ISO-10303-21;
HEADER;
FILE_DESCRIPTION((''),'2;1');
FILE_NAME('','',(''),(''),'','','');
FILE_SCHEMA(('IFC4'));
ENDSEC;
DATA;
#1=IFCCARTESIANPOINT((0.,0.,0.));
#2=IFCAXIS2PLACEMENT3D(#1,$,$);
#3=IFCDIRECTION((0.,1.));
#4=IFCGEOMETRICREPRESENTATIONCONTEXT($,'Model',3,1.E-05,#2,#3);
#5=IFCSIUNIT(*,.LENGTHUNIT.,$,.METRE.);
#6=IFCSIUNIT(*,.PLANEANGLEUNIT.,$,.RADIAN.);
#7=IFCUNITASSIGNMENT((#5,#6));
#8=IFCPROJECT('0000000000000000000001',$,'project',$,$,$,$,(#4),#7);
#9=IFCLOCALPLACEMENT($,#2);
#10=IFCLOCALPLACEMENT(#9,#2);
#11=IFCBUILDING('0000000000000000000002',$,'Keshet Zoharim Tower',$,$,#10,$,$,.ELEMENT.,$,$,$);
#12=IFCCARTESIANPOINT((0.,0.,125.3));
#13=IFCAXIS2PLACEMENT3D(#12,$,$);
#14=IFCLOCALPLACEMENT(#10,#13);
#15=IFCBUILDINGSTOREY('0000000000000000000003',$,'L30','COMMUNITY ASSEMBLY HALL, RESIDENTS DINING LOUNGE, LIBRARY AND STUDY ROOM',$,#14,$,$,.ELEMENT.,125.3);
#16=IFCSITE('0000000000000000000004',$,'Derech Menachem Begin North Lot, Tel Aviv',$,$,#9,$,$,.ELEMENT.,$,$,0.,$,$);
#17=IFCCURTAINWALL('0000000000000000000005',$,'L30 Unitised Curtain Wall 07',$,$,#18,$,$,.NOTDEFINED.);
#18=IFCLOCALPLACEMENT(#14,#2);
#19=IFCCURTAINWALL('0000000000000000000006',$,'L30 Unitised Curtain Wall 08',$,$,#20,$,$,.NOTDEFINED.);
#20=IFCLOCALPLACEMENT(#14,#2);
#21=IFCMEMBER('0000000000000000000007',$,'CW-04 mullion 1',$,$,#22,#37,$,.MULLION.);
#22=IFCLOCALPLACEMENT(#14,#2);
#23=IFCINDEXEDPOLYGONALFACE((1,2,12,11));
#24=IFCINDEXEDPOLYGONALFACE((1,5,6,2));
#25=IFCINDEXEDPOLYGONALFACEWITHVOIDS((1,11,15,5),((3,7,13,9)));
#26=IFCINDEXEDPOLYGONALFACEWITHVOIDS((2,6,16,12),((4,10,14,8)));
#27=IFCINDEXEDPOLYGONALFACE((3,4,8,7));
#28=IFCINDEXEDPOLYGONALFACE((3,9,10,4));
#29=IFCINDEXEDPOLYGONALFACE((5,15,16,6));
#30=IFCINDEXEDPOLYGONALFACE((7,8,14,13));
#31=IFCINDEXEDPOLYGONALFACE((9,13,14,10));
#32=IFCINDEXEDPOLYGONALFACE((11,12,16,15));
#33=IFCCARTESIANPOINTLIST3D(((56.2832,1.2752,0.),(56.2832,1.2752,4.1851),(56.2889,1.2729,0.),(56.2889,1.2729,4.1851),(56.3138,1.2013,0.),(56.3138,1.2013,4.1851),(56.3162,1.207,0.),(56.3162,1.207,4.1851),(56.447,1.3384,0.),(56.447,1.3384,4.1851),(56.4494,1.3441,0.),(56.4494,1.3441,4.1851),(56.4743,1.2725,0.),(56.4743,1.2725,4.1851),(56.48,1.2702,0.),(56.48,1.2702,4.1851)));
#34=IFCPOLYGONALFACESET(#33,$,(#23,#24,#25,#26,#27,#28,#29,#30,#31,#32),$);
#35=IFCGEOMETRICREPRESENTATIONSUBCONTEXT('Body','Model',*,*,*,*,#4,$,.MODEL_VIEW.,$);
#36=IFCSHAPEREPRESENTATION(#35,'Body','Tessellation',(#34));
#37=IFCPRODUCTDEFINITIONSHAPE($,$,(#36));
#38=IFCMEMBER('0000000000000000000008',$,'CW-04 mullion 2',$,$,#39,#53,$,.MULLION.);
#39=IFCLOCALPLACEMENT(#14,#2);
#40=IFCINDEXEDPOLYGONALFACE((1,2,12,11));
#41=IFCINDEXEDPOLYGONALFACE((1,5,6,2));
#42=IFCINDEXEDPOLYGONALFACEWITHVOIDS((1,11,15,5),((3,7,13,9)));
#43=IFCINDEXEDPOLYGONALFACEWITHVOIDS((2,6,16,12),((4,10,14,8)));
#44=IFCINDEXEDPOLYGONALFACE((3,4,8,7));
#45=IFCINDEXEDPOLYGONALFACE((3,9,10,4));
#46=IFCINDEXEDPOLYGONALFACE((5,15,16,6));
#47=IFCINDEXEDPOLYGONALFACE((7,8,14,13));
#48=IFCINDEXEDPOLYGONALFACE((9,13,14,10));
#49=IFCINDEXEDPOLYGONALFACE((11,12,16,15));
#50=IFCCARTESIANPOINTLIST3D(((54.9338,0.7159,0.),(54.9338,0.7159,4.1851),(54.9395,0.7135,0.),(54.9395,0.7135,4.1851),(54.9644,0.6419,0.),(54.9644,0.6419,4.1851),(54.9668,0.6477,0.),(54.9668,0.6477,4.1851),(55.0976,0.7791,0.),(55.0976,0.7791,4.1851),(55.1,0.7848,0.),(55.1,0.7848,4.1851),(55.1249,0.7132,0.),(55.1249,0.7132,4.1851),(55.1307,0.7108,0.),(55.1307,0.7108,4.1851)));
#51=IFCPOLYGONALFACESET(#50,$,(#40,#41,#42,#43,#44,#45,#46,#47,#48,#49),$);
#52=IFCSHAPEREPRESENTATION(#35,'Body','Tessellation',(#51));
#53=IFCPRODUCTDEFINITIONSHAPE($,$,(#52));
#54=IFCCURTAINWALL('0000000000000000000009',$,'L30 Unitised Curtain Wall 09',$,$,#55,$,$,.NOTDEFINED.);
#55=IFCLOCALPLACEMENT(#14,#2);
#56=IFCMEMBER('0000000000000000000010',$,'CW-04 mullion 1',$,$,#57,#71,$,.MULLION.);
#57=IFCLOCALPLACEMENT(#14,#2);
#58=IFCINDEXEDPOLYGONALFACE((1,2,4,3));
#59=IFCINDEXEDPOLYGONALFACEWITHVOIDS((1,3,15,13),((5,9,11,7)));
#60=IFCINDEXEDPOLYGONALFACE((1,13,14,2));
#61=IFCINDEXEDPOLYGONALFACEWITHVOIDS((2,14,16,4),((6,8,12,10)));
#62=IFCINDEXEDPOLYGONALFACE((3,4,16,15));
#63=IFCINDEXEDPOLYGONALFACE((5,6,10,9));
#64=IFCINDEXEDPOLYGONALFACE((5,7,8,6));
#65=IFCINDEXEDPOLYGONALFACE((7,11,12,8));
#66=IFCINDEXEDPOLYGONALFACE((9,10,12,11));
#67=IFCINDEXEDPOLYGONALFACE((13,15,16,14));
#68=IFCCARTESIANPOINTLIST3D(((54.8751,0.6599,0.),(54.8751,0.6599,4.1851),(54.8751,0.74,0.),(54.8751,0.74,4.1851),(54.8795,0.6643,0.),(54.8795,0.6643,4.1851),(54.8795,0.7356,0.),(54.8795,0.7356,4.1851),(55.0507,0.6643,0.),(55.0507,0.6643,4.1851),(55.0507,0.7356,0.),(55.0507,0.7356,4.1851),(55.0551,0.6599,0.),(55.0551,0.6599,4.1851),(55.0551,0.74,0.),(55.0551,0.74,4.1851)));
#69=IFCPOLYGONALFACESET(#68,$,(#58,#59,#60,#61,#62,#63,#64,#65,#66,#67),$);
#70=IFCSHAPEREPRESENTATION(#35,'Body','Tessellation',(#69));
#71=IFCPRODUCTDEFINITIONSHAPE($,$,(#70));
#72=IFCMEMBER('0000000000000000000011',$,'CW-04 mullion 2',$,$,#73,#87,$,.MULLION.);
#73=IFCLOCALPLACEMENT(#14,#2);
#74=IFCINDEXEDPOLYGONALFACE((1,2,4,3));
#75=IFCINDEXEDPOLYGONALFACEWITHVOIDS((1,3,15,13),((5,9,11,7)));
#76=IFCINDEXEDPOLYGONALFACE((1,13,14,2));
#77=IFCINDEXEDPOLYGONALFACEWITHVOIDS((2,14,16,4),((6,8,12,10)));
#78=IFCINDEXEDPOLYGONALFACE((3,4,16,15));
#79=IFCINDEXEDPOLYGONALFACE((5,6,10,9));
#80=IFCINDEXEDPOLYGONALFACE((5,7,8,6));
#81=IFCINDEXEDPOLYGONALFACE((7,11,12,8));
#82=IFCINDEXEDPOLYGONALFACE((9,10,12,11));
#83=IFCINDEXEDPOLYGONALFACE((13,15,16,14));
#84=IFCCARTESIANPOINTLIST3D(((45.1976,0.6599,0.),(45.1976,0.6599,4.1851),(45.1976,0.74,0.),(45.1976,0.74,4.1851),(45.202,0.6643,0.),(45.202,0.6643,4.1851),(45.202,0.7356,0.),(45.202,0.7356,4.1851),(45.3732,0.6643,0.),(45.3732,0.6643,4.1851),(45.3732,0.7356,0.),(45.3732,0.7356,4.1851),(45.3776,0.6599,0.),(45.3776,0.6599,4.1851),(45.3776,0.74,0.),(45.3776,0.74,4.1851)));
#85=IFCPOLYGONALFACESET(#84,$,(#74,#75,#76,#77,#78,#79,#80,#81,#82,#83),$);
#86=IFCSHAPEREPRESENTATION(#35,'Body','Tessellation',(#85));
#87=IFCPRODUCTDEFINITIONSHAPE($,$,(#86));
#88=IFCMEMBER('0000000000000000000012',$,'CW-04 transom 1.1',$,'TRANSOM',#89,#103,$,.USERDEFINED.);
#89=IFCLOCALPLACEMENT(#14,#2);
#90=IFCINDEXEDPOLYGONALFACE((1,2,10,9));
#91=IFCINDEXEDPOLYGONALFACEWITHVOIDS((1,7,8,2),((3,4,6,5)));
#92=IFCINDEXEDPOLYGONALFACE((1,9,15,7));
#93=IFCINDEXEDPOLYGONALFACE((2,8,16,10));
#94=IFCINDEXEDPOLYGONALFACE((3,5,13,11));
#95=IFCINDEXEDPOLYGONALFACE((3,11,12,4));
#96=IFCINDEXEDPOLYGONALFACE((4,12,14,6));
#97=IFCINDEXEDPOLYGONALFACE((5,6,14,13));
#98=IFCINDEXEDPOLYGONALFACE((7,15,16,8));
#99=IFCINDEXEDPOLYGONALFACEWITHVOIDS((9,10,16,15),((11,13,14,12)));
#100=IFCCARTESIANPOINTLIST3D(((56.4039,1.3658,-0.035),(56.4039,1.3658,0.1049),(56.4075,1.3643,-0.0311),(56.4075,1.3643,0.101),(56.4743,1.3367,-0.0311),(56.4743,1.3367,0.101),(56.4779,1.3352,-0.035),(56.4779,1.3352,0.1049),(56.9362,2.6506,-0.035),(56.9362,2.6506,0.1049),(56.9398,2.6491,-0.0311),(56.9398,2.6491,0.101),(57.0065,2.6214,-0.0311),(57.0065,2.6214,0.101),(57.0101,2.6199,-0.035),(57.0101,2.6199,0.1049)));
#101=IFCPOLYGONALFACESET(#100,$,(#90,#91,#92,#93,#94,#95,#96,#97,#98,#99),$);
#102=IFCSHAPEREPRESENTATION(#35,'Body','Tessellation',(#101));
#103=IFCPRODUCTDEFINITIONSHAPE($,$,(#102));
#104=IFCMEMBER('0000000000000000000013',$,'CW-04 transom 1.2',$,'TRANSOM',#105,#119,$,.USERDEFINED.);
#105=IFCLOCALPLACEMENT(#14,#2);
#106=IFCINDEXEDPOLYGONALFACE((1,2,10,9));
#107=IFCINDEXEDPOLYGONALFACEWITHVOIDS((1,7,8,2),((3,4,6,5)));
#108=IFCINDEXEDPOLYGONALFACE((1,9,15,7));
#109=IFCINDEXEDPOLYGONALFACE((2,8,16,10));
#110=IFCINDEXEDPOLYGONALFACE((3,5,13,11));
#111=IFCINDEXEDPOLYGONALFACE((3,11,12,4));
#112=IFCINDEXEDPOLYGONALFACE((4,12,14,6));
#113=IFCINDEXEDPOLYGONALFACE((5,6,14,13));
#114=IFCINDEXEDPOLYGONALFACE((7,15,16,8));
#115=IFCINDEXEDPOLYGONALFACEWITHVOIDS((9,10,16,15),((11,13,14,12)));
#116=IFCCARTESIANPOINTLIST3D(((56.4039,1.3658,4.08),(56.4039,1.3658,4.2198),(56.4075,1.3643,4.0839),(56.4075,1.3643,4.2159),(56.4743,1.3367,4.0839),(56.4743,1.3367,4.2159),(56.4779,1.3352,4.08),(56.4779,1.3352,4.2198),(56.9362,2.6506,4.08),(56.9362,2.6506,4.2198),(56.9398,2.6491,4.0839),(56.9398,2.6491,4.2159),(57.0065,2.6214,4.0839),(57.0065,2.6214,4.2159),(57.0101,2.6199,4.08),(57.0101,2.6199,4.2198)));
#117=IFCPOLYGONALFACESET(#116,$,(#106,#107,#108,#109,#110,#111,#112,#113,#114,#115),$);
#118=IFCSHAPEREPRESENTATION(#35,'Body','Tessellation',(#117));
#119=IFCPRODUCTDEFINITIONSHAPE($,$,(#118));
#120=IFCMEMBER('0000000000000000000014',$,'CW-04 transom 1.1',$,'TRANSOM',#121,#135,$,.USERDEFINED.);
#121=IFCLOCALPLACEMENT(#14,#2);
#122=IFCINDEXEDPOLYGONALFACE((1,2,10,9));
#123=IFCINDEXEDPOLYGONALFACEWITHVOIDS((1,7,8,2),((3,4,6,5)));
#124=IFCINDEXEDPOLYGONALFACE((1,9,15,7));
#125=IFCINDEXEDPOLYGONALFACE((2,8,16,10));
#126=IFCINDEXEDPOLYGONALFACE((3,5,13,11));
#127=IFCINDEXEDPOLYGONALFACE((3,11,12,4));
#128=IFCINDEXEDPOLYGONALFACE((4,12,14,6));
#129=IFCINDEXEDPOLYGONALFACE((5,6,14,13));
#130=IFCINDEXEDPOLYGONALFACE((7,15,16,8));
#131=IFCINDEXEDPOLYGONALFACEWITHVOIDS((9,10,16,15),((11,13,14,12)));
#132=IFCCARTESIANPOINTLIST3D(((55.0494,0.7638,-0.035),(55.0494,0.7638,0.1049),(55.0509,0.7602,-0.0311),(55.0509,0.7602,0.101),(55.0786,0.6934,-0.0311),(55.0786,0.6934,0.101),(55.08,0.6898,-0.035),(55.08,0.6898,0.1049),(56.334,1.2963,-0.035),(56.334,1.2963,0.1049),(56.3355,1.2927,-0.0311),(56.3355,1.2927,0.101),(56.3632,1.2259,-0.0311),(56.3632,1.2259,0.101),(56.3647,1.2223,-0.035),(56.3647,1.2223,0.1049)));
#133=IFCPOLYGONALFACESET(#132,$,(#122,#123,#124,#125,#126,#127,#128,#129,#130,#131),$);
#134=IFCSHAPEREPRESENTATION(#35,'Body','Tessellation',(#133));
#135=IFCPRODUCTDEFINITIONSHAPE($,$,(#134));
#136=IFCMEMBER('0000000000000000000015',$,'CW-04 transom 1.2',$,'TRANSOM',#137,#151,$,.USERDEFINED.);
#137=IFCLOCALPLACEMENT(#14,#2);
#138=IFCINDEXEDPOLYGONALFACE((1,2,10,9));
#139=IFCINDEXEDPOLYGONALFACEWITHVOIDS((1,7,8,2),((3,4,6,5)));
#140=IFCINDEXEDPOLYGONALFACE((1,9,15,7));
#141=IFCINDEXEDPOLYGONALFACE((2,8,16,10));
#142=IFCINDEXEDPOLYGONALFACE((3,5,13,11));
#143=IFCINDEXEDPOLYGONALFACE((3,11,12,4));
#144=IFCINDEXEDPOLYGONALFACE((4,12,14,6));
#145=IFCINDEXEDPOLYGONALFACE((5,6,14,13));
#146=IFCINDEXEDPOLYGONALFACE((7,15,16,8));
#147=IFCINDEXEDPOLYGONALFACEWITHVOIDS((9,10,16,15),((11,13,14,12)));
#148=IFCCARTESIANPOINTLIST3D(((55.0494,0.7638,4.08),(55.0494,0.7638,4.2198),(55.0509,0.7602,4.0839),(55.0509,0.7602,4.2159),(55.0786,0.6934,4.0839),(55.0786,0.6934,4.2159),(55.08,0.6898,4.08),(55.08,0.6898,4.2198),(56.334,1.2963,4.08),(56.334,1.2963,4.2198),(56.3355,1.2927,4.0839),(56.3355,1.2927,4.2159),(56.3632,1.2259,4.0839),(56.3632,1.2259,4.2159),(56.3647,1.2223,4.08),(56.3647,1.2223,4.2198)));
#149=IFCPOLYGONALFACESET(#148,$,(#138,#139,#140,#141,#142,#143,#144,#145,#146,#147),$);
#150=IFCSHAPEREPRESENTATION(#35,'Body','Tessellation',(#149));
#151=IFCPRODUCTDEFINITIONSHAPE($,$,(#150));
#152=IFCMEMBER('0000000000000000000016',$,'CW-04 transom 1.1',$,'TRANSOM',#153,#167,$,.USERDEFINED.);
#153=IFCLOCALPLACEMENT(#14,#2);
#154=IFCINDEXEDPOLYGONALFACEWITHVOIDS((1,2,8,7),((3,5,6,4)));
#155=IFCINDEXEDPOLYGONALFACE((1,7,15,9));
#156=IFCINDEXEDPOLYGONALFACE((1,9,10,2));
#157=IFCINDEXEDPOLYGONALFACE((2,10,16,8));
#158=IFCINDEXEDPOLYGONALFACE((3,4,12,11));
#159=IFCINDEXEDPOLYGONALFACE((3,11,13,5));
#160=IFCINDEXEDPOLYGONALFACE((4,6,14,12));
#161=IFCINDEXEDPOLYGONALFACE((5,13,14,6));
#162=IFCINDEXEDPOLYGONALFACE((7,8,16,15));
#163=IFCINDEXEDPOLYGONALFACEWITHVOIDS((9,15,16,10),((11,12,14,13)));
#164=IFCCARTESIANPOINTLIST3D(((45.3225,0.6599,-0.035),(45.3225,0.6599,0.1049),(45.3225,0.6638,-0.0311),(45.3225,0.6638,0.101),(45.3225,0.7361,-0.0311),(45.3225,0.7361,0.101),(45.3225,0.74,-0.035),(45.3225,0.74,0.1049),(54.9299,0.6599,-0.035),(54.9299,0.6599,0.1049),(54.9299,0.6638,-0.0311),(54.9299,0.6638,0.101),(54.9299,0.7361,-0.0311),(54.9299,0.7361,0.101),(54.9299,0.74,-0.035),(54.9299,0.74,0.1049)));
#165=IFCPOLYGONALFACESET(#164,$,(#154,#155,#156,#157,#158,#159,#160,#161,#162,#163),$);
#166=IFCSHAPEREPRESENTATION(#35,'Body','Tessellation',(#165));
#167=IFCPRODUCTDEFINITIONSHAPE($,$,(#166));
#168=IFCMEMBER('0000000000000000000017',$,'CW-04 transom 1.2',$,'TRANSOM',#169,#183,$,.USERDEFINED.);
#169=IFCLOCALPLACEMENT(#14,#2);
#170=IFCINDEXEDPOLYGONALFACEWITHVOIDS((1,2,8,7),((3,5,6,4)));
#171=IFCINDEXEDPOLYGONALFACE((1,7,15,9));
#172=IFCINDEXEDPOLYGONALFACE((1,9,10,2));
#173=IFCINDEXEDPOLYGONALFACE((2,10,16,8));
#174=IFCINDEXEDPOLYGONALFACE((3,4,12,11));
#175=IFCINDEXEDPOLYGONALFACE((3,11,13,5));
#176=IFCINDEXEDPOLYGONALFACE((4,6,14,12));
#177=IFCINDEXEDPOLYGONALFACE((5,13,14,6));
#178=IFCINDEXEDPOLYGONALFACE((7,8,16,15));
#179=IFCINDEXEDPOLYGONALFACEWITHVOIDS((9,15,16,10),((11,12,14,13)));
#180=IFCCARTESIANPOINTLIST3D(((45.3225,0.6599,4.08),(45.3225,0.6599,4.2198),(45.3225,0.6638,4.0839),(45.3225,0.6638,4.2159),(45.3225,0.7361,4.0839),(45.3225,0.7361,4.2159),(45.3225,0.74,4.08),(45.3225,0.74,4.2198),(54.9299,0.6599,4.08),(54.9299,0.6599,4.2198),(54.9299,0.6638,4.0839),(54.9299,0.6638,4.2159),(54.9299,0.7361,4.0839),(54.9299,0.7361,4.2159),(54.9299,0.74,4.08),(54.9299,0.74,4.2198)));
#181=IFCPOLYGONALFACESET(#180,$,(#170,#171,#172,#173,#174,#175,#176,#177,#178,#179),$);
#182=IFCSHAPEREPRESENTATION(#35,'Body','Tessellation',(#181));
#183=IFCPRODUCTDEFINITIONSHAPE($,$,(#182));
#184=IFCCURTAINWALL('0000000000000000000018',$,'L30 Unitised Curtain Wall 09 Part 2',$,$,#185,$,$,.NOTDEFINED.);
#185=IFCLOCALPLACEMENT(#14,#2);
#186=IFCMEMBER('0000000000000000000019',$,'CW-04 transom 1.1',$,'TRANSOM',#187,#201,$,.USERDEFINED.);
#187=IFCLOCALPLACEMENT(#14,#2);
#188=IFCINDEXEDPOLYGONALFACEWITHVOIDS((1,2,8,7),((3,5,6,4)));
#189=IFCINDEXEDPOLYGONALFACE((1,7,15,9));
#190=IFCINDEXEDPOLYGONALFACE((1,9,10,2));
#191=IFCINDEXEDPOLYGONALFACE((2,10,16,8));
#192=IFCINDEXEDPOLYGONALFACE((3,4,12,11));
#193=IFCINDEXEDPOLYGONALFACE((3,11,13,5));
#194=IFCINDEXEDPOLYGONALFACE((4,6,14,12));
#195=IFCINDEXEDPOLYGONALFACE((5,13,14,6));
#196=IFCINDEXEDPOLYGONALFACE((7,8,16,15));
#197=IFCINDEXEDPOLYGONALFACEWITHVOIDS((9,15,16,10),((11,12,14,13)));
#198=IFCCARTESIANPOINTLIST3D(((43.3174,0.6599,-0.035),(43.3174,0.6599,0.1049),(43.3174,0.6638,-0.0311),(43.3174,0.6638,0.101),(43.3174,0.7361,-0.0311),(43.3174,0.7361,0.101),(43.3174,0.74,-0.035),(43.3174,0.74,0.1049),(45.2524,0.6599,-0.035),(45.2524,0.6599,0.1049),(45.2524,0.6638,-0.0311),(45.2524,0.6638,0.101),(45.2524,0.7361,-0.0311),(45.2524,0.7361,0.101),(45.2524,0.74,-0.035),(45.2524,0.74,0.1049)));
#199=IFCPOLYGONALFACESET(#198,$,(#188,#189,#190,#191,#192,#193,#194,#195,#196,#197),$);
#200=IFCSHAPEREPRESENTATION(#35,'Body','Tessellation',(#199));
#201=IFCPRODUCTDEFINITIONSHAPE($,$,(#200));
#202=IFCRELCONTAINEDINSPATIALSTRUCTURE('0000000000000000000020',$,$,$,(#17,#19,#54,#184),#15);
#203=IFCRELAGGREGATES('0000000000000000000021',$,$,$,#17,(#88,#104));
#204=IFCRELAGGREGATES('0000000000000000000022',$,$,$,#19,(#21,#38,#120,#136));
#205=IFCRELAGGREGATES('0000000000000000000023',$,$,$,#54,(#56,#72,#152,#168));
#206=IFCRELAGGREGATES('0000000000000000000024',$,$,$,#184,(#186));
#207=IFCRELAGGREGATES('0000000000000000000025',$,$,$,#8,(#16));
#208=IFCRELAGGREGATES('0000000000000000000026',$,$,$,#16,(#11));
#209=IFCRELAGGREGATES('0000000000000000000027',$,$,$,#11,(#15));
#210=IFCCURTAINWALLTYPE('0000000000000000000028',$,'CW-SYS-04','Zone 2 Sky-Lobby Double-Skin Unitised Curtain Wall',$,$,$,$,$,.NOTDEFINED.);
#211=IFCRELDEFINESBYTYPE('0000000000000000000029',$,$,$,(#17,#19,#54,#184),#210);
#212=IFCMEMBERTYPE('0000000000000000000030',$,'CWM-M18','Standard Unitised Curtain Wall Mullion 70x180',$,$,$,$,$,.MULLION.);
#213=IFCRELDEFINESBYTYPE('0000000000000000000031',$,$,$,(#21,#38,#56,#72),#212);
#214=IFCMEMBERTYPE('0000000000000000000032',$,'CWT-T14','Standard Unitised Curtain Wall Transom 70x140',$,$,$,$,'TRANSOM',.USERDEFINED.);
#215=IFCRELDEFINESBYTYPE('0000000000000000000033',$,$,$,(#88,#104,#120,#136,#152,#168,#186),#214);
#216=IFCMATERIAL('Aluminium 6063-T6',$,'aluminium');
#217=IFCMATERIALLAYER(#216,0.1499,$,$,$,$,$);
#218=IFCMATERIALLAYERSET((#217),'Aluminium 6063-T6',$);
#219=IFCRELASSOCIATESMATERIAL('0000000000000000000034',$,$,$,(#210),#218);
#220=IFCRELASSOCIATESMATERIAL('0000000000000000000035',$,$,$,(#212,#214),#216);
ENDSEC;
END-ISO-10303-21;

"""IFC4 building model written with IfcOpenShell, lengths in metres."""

from ifc_helpers import new_model, si_unit, direction, frame, origin, origin_2d, place, context, subcontext, project, spatial, hollow_rectangle, extrude, material, layer, layer_set, material_profile, profile_set, type_object, element, aggregate, save


model = new_model("IFC4")

# Units and contexts
model_context = context("Model", 3, precision=1e-05, world=origin(), true_north=direction((0.0, 1.0)))
body_context = subcontext(model_context, "Body", "Model", "MODEL_VIEW")
ifc_project = project(units=[si_unit("LENGTHUNIT", "METRE"), si_unit("PLANEANGLEUNIT", "RADIAN")], contexts=[model_context])

# Site, building, storey
site_placement = place(None, origin())
site = spatial("IfcSite", under=ifc_project, at=site_placement, Name="Derech Menachem Begin North Lot, Tel Aviv", CompositionType="ELEMENT", RefElevation=0.0)
building_placement = place(site_placement, origin())
building = spatial("IfcBuilding", under=site, at=building_placement, Name="Keshet Zoharim Tower", CompositionType="ELEMENT")
storey_placement = place(building_placement, frame((0.0, 0.0, 125.3)))
storey = spatial("IfcBuildingStorey", under=building, at=storey_placement, Name="L30", Description="COMMUNITY ASSEMBLY HALL, RESIDENTS DINING LOUNGE, LIBRARY AND STUDY ROOM", CompositionType="ELEMENT", Elevation=125.3)

# Shared definitions
ifc_material_1 = material(Name="Aluminium 6063-T6", Category="aluminium")
ifc_layer_1 = layer(ifc_material_1, 0.1499)
ifc_layer_set_1 = layer_set([ifc_layer_1], Name="Aluminium 6063-T6")
curtain_wall_type = type_object("IfcCurtainWallType", Name="CW-SYS-04", Description="Zone 2 Sky-Lobby Double-Skin Unitised Curtain Wall", PredefinedType="NOTDEFINED", material=ifc_layer_set_1)
ifc_material_profile_1 = material_profile(ifc_material_1, hollow_rectangle(XDim=0.0801, YDim=0.1799, WallThickness=0.0044, at=origin_2d()), Name="MUL-80x180")
ifc_profile_set_1 = profile_set([ifc_material_profile_1], Name="Aluminium 6063-T6")
member_type_1 = type_object("IfcMemberType", Name="CWM-M18", Description="Standard Unitised Curtain Wall Mullion 70x180", PredefinedType="MULLION", material=ifc_profile_set_1)

# Curtain walls, members
curtain_wall_1_placement = place(storey_placement, origin())
curtain_wall_1 = element("IfcCurtainWall", 1, at=curtain_wall_1_placement, inside=storey, type_object=curtain_wall_type, Name="L30 Unitised Curtain Wall 07", PredefinedType="NOTDEFINED")
curtain_wall_2_placement = place(storey_placement, origin())
curtain_wall_2 = element("IfcCurtainWall", 2, at=curtain_wall_2_placement, inside=storey, type_object=curtain_wall_type, Name="L30 Unitised Curtain Wall 08", PredefinedType="NOTDEFINED")
member_1_placement = place(storey_placement, frame((56.3816, 1.2727, 0.0), z_axis=(0.0, 0.0, 1.0), x_axis=(0.382852, -0.92381, 0.0)))
member_1 = element("IfcMember", 3, at=member_1_placement, type_object=member_type_1, Name="CW-04 mullion 1", PredefinedType="MULLION", context=body_context, shape_type="SweptSolid", body=[
    extrude(hollow_rectangle(XDim=0.0801, YDim=0.1799, WallThickness=0.0044, at=origin_2d()), origin(), (0.0, 0.0, 1.0), 4.1851),
])
member_2_placement = place(storey_placement, frame((55.0322, 0.7134, 0.0), z_axis=(0.0, 0.0, 1.0), x_axis=(0.382852, -0.92381, 0.0)))
member_2 = element("IfcMember", 4, at=member_2_placement, type_object=member_type_1, Name="CW-04 mullion 2", PredefinedType="MULLION", context=body_context, shape_type="SweptSolid", body=[
    extrude(hollow_rectangle(XDim=0.0801, YDim=0.1799, WallThickness=0.0044, at=origin_2d()), origin(), (0.0, 0.0, 1.0), 4.1851),
])
curtain_wall_3_placement = place(storey_placement, origin())
curtain_wall_3 = element("IfcCurtainWall", 5, at=curtain_wall_3_placement, inside=storey, type_object=curtain_wall_type, Name="L30 Unitised Curtain Wall 09", PredefinedType="NOTDEFINED")
member_3_placement = place(storey_placement, frame((54.9651, 0.7, 0.0), z_axis=(0.0, 0.0, 1.0), x_axis=(0.0, -1.0, 0.0)))
member_3 = element("IfcMember", 6, at=member_3_placement, type_object=member_type_1, Name="CW-04 mullion 1", PredefinedType="MULLION", context=body_context, shape_type="SweptSolid", body=[
    extrude(hollow_rectangle(XDim=0.0801, YDim=0.1799, WallThickness=0.0044, at=origin_2d()), origin(), (0.0, 0.0, 1.0), 4.1851),
])
member_4_placement = place(storey_placement, frame((45.2876, 0.7, 0.0), z_axis=(0.0, 0.0, 1.0), x_axis=(0.0, -1.0, 0.0)))
member_4 = element("IfcMember", 7, at=member_4_placement, type_object=member_type_1, Name="CW-04 mullion 2", PredefinedType="MULLION", context=body_context, shape_type="SweptSolid", body=[
    extrude(hollow_rectangle(XDim=0.0801, YDim=0.1799, WallThickness=0.0044, at=origin_2d()), origin(), (0.0, 0.0, 1.0), 4.1851),
])

# Members
ifc_material_profile_2 = material_profile(ifc_material_1, hollow_rectangle(XDim=0.0801, YDim=0.1399, WallThickness=0.0039, at=origin_2d()), Name="TRN-80x140")
ifc_profile_set_2 = profile_set([ifc_material_profile_2], Name="Aluminium 6063-T6")
member_type_2 = type_object("IfcMemberType", Name="CWT-T14", Description="Standard Unitised Curtain Wall Transom 70x140", ElementType="TRANSOM", PredefinedType="USERDEFINED", material=ifc_profile_set_2)
member_5_placement = place(storey_placement, frame((56.9731, 2.6353, 0.0349), z_axis=(-0.382745, -0.923854, 0.0), x_axis=(0.923854, -0.382745, 0.0)))
member_5 = element("IfcMember", 8, at=member_5_placement, type_object=member_type_2, Name="CW-04 transom 1.1", ObjectType="TRANSOM", PredefinedType="USERDEFINED", context=body_context, shape_type="SweptSolid", body=[
    extrude(hollow_rectangle(XDim=0.0801, YDim=0.1399, WallThickness=0.0039, at=origin_2d()), origin(), (0.0, 0.0, 1.0), 1.3906),
])
member_6_placement = place(storey_placement, frame((56.9731, 2.6353, 4.1499), z_axis=(-0.382745, -0.923854, 0.0), x_axis=(0.923854, -0.382745, 0.0)))
member_6 = element("IfcMember", 9, at=member_6_placement, type_object=member_type_2, Name="CW-04 transom 1.2", ObjectType="TRANSOM", PredefinedType="USERDEFINED", context=body_context, shape_type="SweptSolid", body=[
    extrude(hollow_rectangle(XDim=0.0801, YDim=0.1399, WallThickness=0.0039, at=origin_2d()), origin(), (0.0, 0.0, 1.0), 1.3906),
])
member_7_placement = place(storey_placement, frame((56.3494, 1.2593, 0.0349), z_axis=(-0.923792, -0.382894, 0.0), x_axis=(0.382894, -0.923792, 0.0)))
member_7 = element("IfcMember", 10, at=member_7_placement, type_object=member_type_2, Name="CW-04 transom 1.1", ObjectType="TRANSOM", PredefinedType="USERDEFINED", context=body_context, shape_type="SweptSolid", body=[
    extrude(hollow_rectangle(XDim=0.0801, YDim=0.1399, WallThickness=0.0039, at=origin_2d()), origin(), (0.0, 0.0, 1.0), 1.3906),
])
member_8_placement = place(storey_placement, frame((56.3494, 1.2593, 4.1499), z_axis=(-0.923792, -0.382894, 0.0), x_axis=(0.382894, -0.923792, 0.0)))
member_8 = element("IfcMember", 11, at=member_8_placement, type_object=member_type_2, Name="CW-04 transom 1.2", ObjectType="TRANSOM", PredefinedType="USERDEFINED", context=body_context, shape_type="SweptSolid", body=[
    extrude(hollow_rectangle(XDim=0.0801, YDim=0.1399, WallThickness=0.0039, at=origin_2d()), origin(), (0.0, 0.0, 1.0), 1.3906),
])
member_9_placement = place(storey_placement, frame((54.9299, 0.7, 0.0349), z_axis=(-1.0, 0.0, 0.0), x_axis=(0.0, -1.0, 0.0)))
member_9 = element("IfcMember", 12, at=member_9_placement, type_object=member_type_2, Name="CW-04 transom 1.1", ObjectType="TRANSOM", PredefinedType="USERDEFINED", context=body_context, shape_type="SweptSolid", body=[
    extrude(hollow_rectangle(XDim=0.0801, YDim=0.1399, WallThickness=0.0039, at=origin_2d()), origin(), (0.0, 0.0, 1.0), 9.6074),
])
member_10_placement = place(storey_placement, frame((54.9299, 0.7, 4.1499), z_axis=(-1.0, 0.0, 0.0), x_axis=(0.0, -1.0, 0.0)))
member_10 = element("IfcMember", 13, at=member_10_placement, type_object=member_type_2, Name="CW-04 transom 1.2", ObjectType="TRANSOM", PredefinedType="USERDEFINED", context=body_context, shape_type="SweptSolid", body=[
    extrude(hollow_rectangle(XDim=0.0801, YDim=0.1399, WallThickness=0.0039, at=origin_2d()), origin(), (0.0, 0.0, 1.0), 9.6074),
])

# Curtain wall, member
curtain_wall_4_placement = place(storey_placement, origin())
curtain_wall_4 = element("IfcCurtainWall", 14, at=curtain_wall_4_placement, inside=storey, type_object=curtain_wall_type, Name="L30 Unitised Curtain Wall 09 Part 2", PredefinedType="NOTDEFINED")
member_11_placement = place(storey_placement, frame((45.2524, 0.7, 0.0349), z_axis=(-1.0, 0.0, 0.0), x_axis=(0.0, -1.0, 0.0)))
member_11 = element("IfcMember", 15, at=member_11_placement, type_object=member_type_2, Name="CW-04 transom 1.1", ObjectType="TRANSOM", PredefinedType="USERDEFINED", context=body_context, shape_type="SweptSolid", body=[
    extrude(hollow_rectangle(XDim=0.0801, YDim=0.1399, WallThickness=0.0039, at=origin_2d()), origin(), (0.0, 0.0, 1.0), 1.9351),
])

aggregate(curtain_wall_1, [member_5, member_6])
aggregate(curtain_wall_2, [member_1, member_2, member_7, member_8])
aggregate(curtain_wall_3, [member_3, member_4, member_9, member_10])
aggregate(curtain_wall_4, [member_11])

save(model, "model.ifc")
